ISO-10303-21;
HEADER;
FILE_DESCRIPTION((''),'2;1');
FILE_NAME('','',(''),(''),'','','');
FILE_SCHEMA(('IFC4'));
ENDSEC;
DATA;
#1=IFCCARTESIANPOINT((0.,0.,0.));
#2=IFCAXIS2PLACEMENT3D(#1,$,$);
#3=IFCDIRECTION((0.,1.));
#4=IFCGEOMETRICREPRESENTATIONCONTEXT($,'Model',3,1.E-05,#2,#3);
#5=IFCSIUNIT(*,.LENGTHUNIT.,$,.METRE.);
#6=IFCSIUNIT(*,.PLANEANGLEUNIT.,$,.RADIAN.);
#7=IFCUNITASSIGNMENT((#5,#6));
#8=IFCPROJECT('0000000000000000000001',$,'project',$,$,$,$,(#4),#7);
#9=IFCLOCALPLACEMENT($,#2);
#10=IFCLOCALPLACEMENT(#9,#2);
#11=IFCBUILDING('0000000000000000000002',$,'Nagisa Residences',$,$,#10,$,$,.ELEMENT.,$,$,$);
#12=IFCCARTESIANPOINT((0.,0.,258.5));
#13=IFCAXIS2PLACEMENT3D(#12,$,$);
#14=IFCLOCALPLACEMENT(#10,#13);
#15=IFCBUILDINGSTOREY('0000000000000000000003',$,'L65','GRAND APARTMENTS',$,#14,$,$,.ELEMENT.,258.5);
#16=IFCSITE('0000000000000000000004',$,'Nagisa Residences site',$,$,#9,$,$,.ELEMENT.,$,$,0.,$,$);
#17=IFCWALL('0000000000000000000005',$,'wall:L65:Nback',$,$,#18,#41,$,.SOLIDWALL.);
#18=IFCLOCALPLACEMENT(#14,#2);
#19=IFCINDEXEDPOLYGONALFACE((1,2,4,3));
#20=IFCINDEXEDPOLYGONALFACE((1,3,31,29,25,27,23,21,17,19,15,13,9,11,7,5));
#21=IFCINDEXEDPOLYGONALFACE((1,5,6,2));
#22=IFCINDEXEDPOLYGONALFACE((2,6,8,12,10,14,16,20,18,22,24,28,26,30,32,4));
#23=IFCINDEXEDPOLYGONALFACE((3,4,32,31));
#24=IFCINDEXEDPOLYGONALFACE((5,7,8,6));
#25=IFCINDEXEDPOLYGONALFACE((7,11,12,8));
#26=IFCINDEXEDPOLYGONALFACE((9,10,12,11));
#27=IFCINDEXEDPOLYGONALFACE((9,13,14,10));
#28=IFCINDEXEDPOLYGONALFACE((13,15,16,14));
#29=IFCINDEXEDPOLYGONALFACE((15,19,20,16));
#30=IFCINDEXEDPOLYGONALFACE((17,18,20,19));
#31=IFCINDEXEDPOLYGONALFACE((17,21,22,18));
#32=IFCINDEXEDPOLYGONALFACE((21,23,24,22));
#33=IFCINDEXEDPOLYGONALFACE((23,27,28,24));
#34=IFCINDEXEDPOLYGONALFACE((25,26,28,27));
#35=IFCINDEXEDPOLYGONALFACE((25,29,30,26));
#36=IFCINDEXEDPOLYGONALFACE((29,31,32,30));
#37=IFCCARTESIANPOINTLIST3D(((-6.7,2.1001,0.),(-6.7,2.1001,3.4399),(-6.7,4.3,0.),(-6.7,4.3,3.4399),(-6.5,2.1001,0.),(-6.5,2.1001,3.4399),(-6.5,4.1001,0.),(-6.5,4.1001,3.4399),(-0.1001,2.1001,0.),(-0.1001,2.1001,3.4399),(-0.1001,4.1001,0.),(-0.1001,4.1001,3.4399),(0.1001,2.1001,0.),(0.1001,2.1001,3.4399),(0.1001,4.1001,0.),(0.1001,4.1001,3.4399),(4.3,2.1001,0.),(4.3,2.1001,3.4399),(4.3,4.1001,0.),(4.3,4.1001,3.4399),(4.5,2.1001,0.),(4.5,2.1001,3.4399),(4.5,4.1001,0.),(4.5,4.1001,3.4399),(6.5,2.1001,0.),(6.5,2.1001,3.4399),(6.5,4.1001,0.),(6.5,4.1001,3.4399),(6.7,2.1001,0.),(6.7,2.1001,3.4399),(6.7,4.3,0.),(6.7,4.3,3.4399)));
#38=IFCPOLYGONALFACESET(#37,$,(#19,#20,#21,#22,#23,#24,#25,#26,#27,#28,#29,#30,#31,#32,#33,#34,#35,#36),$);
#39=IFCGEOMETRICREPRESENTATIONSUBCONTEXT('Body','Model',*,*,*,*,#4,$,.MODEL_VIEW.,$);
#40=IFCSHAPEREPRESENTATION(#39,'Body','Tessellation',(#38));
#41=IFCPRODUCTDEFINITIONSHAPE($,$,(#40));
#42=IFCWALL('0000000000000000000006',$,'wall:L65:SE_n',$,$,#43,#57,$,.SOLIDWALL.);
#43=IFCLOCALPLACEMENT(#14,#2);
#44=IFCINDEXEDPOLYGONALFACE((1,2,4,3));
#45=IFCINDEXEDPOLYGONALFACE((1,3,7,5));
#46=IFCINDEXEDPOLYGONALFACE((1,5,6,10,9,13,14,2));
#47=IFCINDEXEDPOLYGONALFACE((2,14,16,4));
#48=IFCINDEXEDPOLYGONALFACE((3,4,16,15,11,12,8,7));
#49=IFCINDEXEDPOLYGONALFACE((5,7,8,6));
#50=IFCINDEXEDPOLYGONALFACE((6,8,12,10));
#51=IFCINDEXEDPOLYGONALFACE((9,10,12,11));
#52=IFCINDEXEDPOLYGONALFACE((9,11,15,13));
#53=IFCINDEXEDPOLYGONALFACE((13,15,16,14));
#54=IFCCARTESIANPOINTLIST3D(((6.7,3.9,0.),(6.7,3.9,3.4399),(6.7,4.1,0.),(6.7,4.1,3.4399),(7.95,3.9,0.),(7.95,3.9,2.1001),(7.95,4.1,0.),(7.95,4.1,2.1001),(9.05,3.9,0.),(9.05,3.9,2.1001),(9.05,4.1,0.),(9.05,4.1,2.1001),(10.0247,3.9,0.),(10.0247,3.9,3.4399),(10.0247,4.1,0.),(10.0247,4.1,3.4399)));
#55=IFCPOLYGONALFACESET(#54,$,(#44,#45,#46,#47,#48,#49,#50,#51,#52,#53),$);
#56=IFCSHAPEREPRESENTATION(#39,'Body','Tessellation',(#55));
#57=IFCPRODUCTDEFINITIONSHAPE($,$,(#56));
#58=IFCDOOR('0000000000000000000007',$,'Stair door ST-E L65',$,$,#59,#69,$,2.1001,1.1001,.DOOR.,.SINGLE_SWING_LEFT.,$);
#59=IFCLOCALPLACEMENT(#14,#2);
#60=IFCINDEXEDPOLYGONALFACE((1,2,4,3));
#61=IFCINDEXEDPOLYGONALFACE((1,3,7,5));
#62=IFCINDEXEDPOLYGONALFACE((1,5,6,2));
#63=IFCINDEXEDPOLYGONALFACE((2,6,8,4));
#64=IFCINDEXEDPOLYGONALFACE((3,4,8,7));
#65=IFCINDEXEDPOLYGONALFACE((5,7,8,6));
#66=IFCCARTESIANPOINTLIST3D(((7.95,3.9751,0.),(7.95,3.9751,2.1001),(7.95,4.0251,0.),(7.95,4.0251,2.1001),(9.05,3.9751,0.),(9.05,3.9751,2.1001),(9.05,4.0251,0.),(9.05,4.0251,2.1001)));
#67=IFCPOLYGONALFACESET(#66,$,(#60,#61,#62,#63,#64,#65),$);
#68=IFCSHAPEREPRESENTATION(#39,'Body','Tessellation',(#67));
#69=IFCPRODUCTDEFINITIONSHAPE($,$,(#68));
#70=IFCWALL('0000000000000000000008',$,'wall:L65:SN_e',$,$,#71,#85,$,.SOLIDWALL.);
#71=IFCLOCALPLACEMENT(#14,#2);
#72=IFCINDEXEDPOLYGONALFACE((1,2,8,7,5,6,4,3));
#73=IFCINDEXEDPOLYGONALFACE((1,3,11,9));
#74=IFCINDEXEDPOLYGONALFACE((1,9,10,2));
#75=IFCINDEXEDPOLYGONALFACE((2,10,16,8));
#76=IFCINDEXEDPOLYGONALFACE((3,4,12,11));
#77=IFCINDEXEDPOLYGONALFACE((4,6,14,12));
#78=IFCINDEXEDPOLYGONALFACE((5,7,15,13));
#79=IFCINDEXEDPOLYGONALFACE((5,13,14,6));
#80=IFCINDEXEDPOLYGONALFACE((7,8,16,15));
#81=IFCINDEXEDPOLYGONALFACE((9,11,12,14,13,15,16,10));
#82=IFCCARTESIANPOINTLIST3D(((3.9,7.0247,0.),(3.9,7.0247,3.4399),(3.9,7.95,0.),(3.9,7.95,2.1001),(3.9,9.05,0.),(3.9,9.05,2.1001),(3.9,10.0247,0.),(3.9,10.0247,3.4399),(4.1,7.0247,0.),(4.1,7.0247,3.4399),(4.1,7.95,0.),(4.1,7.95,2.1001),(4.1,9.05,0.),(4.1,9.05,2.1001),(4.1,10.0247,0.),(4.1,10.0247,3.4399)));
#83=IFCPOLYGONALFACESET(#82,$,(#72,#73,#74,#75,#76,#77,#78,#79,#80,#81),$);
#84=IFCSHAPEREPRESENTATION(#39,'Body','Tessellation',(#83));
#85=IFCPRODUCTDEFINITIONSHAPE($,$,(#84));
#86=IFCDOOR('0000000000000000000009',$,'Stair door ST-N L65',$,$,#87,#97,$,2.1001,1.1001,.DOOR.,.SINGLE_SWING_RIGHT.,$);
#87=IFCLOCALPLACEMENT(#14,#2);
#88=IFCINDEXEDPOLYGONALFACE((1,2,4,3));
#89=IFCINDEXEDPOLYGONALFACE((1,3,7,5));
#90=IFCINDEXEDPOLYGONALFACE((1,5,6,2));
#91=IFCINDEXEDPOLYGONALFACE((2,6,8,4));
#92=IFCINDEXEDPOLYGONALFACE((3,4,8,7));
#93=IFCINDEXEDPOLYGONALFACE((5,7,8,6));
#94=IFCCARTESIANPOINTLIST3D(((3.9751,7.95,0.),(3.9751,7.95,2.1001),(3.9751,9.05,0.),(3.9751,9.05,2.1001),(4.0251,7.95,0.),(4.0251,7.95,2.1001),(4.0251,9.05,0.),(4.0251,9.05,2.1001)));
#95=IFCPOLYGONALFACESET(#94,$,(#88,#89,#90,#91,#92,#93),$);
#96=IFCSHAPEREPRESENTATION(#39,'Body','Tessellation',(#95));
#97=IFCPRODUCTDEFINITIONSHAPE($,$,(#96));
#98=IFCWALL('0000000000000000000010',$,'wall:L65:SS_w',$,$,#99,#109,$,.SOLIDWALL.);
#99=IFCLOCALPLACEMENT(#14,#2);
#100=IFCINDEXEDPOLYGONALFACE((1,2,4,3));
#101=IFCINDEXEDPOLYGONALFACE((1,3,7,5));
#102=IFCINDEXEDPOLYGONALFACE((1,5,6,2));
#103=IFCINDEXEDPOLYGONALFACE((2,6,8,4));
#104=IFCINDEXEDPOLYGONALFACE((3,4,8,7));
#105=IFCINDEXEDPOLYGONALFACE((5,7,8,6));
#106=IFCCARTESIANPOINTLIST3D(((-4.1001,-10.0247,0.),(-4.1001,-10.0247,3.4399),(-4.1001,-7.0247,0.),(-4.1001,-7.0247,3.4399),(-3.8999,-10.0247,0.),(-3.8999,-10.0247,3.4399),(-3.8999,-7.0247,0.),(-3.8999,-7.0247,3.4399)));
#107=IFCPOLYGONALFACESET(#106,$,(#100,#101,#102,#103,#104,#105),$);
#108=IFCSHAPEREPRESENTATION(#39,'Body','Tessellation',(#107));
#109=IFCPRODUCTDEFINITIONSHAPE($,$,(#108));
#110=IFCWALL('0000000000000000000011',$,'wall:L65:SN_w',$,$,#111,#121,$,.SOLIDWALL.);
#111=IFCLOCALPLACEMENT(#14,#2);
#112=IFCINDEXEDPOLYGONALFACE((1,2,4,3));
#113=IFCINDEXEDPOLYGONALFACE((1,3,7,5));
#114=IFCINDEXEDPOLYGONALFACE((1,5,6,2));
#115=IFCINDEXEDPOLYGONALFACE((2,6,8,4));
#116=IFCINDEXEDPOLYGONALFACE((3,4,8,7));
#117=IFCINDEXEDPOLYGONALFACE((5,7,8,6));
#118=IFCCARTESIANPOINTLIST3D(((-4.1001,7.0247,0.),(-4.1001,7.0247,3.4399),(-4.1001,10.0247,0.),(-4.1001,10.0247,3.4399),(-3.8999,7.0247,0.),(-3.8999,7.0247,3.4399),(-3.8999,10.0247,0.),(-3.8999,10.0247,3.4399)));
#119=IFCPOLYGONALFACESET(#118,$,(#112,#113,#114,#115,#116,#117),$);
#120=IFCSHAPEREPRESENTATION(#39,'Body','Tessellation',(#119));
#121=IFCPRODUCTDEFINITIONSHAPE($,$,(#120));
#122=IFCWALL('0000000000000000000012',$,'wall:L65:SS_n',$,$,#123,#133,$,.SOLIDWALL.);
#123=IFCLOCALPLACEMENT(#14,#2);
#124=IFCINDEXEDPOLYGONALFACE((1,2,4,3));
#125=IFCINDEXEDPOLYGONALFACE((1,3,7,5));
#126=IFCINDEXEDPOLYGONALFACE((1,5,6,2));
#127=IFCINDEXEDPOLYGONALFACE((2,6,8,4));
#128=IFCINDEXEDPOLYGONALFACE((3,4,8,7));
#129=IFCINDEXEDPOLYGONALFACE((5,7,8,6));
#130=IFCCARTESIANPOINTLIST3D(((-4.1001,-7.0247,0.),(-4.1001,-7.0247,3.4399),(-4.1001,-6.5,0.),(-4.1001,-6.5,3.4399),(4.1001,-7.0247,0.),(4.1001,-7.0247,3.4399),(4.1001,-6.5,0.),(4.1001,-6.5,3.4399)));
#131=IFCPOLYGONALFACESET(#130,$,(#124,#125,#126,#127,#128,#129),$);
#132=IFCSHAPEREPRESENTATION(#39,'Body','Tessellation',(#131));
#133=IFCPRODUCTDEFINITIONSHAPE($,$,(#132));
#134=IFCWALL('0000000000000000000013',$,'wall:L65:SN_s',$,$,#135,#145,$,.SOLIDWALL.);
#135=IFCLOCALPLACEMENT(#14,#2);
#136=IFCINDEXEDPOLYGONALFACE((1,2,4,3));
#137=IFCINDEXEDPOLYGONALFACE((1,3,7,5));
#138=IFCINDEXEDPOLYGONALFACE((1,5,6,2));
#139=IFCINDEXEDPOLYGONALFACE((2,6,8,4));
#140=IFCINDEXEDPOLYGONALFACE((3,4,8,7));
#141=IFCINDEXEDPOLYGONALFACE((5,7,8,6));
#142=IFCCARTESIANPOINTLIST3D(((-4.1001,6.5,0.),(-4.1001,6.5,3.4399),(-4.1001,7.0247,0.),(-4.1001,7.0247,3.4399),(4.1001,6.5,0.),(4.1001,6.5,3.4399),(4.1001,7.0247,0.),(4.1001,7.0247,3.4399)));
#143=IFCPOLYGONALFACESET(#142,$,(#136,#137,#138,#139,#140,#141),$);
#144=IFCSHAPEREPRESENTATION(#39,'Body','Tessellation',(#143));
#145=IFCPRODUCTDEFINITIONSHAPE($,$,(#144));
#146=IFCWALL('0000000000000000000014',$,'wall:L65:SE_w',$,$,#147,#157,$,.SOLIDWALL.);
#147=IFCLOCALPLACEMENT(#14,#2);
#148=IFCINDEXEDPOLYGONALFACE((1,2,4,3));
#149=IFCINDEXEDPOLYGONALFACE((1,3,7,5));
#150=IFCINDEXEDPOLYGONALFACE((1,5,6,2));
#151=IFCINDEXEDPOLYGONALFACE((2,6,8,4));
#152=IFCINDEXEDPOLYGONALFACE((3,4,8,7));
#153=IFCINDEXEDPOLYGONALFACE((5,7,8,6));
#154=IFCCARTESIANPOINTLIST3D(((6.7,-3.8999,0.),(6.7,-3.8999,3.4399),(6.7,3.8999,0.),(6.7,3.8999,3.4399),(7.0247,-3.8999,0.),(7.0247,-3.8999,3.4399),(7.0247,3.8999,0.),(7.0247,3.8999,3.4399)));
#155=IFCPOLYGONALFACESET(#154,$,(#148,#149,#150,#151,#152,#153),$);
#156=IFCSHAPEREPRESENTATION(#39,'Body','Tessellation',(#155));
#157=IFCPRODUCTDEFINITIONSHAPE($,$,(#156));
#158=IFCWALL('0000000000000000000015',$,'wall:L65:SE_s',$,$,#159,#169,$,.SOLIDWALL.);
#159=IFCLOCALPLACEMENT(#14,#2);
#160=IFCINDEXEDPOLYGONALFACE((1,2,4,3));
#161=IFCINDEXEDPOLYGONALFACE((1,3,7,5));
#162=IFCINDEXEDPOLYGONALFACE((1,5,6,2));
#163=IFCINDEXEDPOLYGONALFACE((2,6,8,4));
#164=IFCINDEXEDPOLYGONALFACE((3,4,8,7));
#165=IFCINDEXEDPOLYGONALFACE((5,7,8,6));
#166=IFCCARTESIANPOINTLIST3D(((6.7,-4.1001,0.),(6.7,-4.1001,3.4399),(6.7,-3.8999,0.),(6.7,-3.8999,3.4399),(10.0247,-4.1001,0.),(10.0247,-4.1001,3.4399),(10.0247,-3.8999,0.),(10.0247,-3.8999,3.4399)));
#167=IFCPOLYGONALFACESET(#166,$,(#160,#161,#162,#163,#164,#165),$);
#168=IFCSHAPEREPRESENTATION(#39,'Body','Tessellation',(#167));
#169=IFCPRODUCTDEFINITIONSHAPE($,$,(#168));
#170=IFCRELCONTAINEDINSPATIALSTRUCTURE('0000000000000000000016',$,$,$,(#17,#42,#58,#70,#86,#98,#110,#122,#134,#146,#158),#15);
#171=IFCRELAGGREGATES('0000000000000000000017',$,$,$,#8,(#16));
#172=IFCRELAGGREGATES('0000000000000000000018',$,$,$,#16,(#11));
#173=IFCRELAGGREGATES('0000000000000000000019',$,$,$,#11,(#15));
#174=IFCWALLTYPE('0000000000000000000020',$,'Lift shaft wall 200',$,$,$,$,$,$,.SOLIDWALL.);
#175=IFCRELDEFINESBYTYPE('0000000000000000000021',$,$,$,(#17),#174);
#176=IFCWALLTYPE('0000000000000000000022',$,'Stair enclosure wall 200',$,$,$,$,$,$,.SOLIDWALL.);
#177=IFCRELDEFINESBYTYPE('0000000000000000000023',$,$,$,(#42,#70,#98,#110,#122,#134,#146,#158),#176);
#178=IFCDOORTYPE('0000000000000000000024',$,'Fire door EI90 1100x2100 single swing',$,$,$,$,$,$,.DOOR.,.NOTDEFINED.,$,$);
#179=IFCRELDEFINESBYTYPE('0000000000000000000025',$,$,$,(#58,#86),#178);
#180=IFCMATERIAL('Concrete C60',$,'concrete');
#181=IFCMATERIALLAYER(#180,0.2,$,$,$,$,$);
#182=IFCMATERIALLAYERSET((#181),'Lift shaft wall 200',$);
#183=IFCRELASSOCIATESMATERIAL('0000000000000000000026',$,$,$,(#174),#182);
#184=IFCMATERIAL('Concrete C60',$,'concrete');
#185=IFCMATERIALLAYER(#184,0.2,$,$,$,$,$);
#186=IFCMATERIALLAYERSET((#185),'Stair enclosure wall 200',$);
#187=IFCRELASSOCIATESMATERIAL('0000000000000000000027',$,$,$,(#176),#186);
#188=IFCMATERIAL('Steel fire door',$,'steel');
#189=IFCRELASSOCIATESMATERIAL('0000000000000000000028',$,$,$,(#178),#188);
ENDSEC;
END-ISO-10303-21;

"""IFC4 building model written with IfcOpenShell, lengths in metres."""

from ifc_helpers import new_model, si_unit, direction, frame, frame_2d, origin, place, context, subcontext, project, spatial, polyline, rectangle, outline, extrude, material, layer, layer_set, type_object, element, fill, save


model = new_model("IFC4")

# Units and contexts
model_context = context("Model", 3, precision=1e-05, world=origin(), true_north=direction((0.0, 1.0)))
body_context = subcontext(model_context, "Body", "Model", "MODEL_VIEW")
ifc_project = project(units=[si_unit("LENGTHUNIT", "METRE"), si_unit("PLANEANGLEUNIT", "RADIAN")], contexts=[model_context])

# Site, building, storey
site_placement = place(None, origin())
site = spatial("IfcSite", under=ifc_project, at=site_placement, Name="Nagisa Residences site", CompositionType="ELEMENT", RefElevation=0.0)
building_placement = place(site_placement, origin())
building = spatial("IfcBuilding", under=site, at=building_placement, Name="Nagisa Residences", CompositionType="ELEMENT")
storey_placement = place(building_placement, frame((0.0, 0.0, 258.5)))
storey = spatial("IfcBuildingStorey", under=building, at=storey_placement, Name="L65", Description="GRAND APARTMENTS", CompositionType="ELEMENT", Elevation=258.5)

# Shared definitions
ifc_material_1 = material(Name="Concrete C60", Category="concrete")
ifc_layer_1 = layer(ifc_material_1, 0.2)
ifc_layer_set_1 = layer_set([ifc_layer_1], Name="Lift shaft wall 200")
wall_type_1 = type_object("IfcWallType", Name="Lift shaft wall 200", PredefinedType="SOLIDWALL", material=ifc_layer_set_1)

# Wall
wall_1_placement = place(storey_placement, origin())
element("IfcWall", 1, at=wall_1_placement, inside=storey, type_object=wall_type_1, Name="wall:L65:Nback", PredefinedType="SOLIDWALL", context=body_context, shape_type="SweptSolid", body=[
    extrude(outline(polyline([(-6.7, 4.3), (6.7, 4.3), (6.7, 2.1001), (6.5, 2.1001), (6.5, 4.1001), (4.5, 4.1001), (4.5, 2.1001), (4.3, 2.1001), (4.3, 4.1001), (0.1001, 4.1001), (0.1001, 2.1001), (-0.1001, 2.1001), (-0.1001, 4.1001), (-6.5, 4.1001), (-6.5, 2.1001), (-6.7, 2.1001), (-6.7, 4.3)])), origin(), (0.0, 0.0, 1.0), 3.4399),
])

# Walls, openings, doors
ifc_material_2 = material(Name="Concrete C60", Category="concrete")
ifc_layer_2 = layer(ifc_material_2, 0.2)
ifc_layer_set_2 = layer_set([ifc_layer_2], Name="Stair enclosure wall 200")
wall_type_2 = type_object("IfcWallType", Name="Stair enclosure wall 200", PredefinedType="SOLIDWALL", material=ifc_layer_set_2)
wall_2_placement = place(storey_placement, frame((6.7, 4.0, 0.0), z_axis=(0.0, 0.0, 1.0), x_axis=(1.0, 0.0, 0.0)))
wall_2 = element("IfcWall", 2, at=wall_2_placement, inside=storey, type_object=wall_type_2, Name="wall:L65:SE_n", PredefinedType="SOLIDWALL", context=body_context, shape_type="SweptSolid", body=[
    extrude(rectangle(XDim=3.3247, YDim=0.2, at=frame_2d((1.6624, 0.0))), origin(), (0.0, 0.0, 1.0), 3.4399),
])
opening_1_placement = place(wall_2_placement, frame((1.25, 0.0, 0.0)))
opening_1 = element("IfcOpeningElement", 3, at=opening_1_placement, cuts=wall_2, PredefinedType="OPENING", context=body_context, shape_type="SweptSolid", body=[
    extrude(rectangle(XDim=1.1001, YDim=2.1001, at=frame_2d((0.55, 1.05))), frame((0.0, 0.1099, 0.0), z_axis=(0.0, -1.0, 0.0), x_axis=(1.0, 0.0, 0.0)), (0.0, 0.0, 1.0), 0.22),
])
ifc_material_3 = material(Name="Steel fire door", Category="steel")
door_type_1 = type_object("IfcDoorType", Name="Fire door EI90 1100x2100 single swing", OperationType="NOTDEFINED", PredefinedType="DOOR", material=ifc_material_3)
door_1_placement = place(opening_1_placement, frame((1.1001, 0.0, 0.0), x_axis=(-1.0, 0.0, 0.0)))
door_1 = element("IfcDoor", 4, at=door_1_placement, inside=storey, type_object=door_type_1, Name="Stair door ST-E L65", OperationType="SINGLE_SWING_LEFT", OverallHeight=2.1001, OverallWidth=1.1001, PredefinedType="DOOR", context=body_context, shape_type="SweptSolid", body=[
    extrude(rectangle(XDim=1.1001, YDim=2.1001, at=frame_2d((0.55, 1.05))), frame((0.0, 0.0249, 0.0), z_axis=(0.0, -1.0, 0.0), x_axis=(1.0, 0.0, 0.0)), (0.0, 0.0, 1.0), 0.05),
])
fill(opening_1, door_1)
wall_3_placement = place(storey_placement, frame((4.0, 7.0247, 0.0), z_axis=(0.0, 0.0, 1.0), x_axis=(0.0, 1.0, 0.0)))
wall_3 = element("IfcWall", 5, at=wall_3_placement, inside=storey, type_object=wall_type_2, Name="wall:L65:SN_e", PredefinedType="SOLIDWALL", context=body_context, shape_type="SweptSolid", body=[
    extrude(rectangle(XDim=3.0, YDim=0.2, at=frame_2d((1.5, 0.0))), origin(), (0.0, 0.0, 1.0), 3.4399),
])
opening_2_placement = place(wall_3_placement, frame((0.9253, 0.0, 0.0)))
opening_2 = element("IfcOpeningElement", 6, at=opening_2_placement, cuts=wall_3, PredefinedType="OPENING", context=body_context, shape_type="SweptSolid", body=[
    extrude(rectangle(XDim=1.1001, YDim=2.1001, at=frame_2d((0.55, 1.05))), frame((0.0, 0.1099, 0.0), z_axis=(0.0, -1.0, 0.0), x_axis=(1.0, 0.0, 0.0)), (0.0, 0.0, 1.0), 0.22),
])
door_2_placement = place(opening_2_placement, origin())
door_2 = element("IfcDoor", 7, at=door_2_placement, inside=storey, type_object=door_type_1, Name="Stair door ST-N L65", OperationType="SINGLE_SWING_RIGHT", OverallHeight=2.1001, OverallWidth=1.1001, PredefinedType="DOOR", context=body_context, shape_type="SweptSolid", body=[
    extrude(rectangle(XDim=1.1001, YDim=2.1001, at=frame_2d((0.55, 1.05))), frame((0.0, 0.0249, 0.0), z_axis=(0.0, -1.0, 0.0), x_axis=(1.0, 0.0, 0.0)), (0.0, 0.0, 1.0), 0.05),
])
fill(opening_2, door_2)

# Walls
wall_4_placement = place(storey_placement, origin())
element("IfcWall", 8, at=wall_4_placement, inside=storey, type_object=wall_type_2, Name="wall:L65:SS_w", PredefinedType="SOLIDWALL", context=body_context, shape_type="SweptSolid", body=[
    extrude(outline(polyline([(-3.8999, -10.0247), (-4.1001, -10.0247), (-4.1001, -7.0247), (-3.8999, -7.0247), (-3.8999, -10.0247)])), origin(), (0.0, 0.0, 1.0), 3.4399),
])
wall_5_placement = place(storey_placement, origin())
element("IfcWall", 9, at=wall_5_placement, inside=storey, type_object=wall_type_2, Name="wall:L65:SN_w", PredefinedType="SOLIDWALL", context=body_context, shape_type="SweptSolid", body=[
    extrude(outline(polyline([(-3.8999, 7.0247), (-4.1001, 7.0247), (-4.1001, 10.0247), (-3.8999, 10.0247), (-3.8999, 7.0247)])), origin(), (0.0, 0.0, 1.0), 3.4399),
])
wall_6_placement = place(storey_placement, origin())
element("IfcWall", 10, at=wall_6_placement, inside=storey, type_object=wall_type_2, Name="wall:L65:SS_n", PredefinedType="SOLIDWALL", context=body_context, shape_type="SweptSolid", body=[
    extrude(outline(polyline([(4.1001, -7.0247), (-4.1001, -7.0247), (-4.1001, -6.5), (4.1001, -6.5), (4.1001, -7.0247)])), origin(), (0.0, 0.0, 1.0), 3.4399),
])
wall_7_placement = place(storey_placement, origin())
element("IfcWall", 11, at=wall_7_placement, inside=storey, type_object=wall_type_2, Name="wall:L65:SN_s", PredefinedType="SOLIDWALL", context=body_context, shape_type="SweptSolid", body=[
    extrude(outline(polyline([(4.1001, 6.5), (-4.1001, 6.5), (-4.1001, 7.0247), (4.1001, 7.0247), (4.1001, 6.5)])), origin(), (0.0, 0.0, 1.0), 3.4399),
])
wall_8_placement = place(storey_placement, origin())
element("IfcWall", 12, at=wall_8_placement, inside=storey, type_object=wall_type_2, Name="wall:L65:SE_w", PredefinedType="SOLIDWALL", context=body_context, shape_type="SweptSolid", body=[
    extrude(outline(polyline([(7.0247, -3.8999), (6.7, -3.8999), (6.7, 3.8999), (7.0247, 3.8999), (7.0247, -3.8999)])), origin(), (0.0, 0.0, 1.0), 3.4399),
])
wall_9_placement = place(storey_placement, origin())
element("IfcWall", 13, at=wall_9_placement, inside=storey, type_object=wall_type_2, Name="wall:L65:SE_s", PredefinedType="SOLIDWALL", context=body_context, shape_type="SweptSolid", body=[
    extrude(outline(polyline([(10.0247, -4.1001), (6.7, -4.1001), (6.7, -3.8999), (10.0247, -3.8999), (10.0247, -4.1001)])), origin(), (0.0, 0.0, 1.0), 3.4399),
])

save(model, "model.ifc")
